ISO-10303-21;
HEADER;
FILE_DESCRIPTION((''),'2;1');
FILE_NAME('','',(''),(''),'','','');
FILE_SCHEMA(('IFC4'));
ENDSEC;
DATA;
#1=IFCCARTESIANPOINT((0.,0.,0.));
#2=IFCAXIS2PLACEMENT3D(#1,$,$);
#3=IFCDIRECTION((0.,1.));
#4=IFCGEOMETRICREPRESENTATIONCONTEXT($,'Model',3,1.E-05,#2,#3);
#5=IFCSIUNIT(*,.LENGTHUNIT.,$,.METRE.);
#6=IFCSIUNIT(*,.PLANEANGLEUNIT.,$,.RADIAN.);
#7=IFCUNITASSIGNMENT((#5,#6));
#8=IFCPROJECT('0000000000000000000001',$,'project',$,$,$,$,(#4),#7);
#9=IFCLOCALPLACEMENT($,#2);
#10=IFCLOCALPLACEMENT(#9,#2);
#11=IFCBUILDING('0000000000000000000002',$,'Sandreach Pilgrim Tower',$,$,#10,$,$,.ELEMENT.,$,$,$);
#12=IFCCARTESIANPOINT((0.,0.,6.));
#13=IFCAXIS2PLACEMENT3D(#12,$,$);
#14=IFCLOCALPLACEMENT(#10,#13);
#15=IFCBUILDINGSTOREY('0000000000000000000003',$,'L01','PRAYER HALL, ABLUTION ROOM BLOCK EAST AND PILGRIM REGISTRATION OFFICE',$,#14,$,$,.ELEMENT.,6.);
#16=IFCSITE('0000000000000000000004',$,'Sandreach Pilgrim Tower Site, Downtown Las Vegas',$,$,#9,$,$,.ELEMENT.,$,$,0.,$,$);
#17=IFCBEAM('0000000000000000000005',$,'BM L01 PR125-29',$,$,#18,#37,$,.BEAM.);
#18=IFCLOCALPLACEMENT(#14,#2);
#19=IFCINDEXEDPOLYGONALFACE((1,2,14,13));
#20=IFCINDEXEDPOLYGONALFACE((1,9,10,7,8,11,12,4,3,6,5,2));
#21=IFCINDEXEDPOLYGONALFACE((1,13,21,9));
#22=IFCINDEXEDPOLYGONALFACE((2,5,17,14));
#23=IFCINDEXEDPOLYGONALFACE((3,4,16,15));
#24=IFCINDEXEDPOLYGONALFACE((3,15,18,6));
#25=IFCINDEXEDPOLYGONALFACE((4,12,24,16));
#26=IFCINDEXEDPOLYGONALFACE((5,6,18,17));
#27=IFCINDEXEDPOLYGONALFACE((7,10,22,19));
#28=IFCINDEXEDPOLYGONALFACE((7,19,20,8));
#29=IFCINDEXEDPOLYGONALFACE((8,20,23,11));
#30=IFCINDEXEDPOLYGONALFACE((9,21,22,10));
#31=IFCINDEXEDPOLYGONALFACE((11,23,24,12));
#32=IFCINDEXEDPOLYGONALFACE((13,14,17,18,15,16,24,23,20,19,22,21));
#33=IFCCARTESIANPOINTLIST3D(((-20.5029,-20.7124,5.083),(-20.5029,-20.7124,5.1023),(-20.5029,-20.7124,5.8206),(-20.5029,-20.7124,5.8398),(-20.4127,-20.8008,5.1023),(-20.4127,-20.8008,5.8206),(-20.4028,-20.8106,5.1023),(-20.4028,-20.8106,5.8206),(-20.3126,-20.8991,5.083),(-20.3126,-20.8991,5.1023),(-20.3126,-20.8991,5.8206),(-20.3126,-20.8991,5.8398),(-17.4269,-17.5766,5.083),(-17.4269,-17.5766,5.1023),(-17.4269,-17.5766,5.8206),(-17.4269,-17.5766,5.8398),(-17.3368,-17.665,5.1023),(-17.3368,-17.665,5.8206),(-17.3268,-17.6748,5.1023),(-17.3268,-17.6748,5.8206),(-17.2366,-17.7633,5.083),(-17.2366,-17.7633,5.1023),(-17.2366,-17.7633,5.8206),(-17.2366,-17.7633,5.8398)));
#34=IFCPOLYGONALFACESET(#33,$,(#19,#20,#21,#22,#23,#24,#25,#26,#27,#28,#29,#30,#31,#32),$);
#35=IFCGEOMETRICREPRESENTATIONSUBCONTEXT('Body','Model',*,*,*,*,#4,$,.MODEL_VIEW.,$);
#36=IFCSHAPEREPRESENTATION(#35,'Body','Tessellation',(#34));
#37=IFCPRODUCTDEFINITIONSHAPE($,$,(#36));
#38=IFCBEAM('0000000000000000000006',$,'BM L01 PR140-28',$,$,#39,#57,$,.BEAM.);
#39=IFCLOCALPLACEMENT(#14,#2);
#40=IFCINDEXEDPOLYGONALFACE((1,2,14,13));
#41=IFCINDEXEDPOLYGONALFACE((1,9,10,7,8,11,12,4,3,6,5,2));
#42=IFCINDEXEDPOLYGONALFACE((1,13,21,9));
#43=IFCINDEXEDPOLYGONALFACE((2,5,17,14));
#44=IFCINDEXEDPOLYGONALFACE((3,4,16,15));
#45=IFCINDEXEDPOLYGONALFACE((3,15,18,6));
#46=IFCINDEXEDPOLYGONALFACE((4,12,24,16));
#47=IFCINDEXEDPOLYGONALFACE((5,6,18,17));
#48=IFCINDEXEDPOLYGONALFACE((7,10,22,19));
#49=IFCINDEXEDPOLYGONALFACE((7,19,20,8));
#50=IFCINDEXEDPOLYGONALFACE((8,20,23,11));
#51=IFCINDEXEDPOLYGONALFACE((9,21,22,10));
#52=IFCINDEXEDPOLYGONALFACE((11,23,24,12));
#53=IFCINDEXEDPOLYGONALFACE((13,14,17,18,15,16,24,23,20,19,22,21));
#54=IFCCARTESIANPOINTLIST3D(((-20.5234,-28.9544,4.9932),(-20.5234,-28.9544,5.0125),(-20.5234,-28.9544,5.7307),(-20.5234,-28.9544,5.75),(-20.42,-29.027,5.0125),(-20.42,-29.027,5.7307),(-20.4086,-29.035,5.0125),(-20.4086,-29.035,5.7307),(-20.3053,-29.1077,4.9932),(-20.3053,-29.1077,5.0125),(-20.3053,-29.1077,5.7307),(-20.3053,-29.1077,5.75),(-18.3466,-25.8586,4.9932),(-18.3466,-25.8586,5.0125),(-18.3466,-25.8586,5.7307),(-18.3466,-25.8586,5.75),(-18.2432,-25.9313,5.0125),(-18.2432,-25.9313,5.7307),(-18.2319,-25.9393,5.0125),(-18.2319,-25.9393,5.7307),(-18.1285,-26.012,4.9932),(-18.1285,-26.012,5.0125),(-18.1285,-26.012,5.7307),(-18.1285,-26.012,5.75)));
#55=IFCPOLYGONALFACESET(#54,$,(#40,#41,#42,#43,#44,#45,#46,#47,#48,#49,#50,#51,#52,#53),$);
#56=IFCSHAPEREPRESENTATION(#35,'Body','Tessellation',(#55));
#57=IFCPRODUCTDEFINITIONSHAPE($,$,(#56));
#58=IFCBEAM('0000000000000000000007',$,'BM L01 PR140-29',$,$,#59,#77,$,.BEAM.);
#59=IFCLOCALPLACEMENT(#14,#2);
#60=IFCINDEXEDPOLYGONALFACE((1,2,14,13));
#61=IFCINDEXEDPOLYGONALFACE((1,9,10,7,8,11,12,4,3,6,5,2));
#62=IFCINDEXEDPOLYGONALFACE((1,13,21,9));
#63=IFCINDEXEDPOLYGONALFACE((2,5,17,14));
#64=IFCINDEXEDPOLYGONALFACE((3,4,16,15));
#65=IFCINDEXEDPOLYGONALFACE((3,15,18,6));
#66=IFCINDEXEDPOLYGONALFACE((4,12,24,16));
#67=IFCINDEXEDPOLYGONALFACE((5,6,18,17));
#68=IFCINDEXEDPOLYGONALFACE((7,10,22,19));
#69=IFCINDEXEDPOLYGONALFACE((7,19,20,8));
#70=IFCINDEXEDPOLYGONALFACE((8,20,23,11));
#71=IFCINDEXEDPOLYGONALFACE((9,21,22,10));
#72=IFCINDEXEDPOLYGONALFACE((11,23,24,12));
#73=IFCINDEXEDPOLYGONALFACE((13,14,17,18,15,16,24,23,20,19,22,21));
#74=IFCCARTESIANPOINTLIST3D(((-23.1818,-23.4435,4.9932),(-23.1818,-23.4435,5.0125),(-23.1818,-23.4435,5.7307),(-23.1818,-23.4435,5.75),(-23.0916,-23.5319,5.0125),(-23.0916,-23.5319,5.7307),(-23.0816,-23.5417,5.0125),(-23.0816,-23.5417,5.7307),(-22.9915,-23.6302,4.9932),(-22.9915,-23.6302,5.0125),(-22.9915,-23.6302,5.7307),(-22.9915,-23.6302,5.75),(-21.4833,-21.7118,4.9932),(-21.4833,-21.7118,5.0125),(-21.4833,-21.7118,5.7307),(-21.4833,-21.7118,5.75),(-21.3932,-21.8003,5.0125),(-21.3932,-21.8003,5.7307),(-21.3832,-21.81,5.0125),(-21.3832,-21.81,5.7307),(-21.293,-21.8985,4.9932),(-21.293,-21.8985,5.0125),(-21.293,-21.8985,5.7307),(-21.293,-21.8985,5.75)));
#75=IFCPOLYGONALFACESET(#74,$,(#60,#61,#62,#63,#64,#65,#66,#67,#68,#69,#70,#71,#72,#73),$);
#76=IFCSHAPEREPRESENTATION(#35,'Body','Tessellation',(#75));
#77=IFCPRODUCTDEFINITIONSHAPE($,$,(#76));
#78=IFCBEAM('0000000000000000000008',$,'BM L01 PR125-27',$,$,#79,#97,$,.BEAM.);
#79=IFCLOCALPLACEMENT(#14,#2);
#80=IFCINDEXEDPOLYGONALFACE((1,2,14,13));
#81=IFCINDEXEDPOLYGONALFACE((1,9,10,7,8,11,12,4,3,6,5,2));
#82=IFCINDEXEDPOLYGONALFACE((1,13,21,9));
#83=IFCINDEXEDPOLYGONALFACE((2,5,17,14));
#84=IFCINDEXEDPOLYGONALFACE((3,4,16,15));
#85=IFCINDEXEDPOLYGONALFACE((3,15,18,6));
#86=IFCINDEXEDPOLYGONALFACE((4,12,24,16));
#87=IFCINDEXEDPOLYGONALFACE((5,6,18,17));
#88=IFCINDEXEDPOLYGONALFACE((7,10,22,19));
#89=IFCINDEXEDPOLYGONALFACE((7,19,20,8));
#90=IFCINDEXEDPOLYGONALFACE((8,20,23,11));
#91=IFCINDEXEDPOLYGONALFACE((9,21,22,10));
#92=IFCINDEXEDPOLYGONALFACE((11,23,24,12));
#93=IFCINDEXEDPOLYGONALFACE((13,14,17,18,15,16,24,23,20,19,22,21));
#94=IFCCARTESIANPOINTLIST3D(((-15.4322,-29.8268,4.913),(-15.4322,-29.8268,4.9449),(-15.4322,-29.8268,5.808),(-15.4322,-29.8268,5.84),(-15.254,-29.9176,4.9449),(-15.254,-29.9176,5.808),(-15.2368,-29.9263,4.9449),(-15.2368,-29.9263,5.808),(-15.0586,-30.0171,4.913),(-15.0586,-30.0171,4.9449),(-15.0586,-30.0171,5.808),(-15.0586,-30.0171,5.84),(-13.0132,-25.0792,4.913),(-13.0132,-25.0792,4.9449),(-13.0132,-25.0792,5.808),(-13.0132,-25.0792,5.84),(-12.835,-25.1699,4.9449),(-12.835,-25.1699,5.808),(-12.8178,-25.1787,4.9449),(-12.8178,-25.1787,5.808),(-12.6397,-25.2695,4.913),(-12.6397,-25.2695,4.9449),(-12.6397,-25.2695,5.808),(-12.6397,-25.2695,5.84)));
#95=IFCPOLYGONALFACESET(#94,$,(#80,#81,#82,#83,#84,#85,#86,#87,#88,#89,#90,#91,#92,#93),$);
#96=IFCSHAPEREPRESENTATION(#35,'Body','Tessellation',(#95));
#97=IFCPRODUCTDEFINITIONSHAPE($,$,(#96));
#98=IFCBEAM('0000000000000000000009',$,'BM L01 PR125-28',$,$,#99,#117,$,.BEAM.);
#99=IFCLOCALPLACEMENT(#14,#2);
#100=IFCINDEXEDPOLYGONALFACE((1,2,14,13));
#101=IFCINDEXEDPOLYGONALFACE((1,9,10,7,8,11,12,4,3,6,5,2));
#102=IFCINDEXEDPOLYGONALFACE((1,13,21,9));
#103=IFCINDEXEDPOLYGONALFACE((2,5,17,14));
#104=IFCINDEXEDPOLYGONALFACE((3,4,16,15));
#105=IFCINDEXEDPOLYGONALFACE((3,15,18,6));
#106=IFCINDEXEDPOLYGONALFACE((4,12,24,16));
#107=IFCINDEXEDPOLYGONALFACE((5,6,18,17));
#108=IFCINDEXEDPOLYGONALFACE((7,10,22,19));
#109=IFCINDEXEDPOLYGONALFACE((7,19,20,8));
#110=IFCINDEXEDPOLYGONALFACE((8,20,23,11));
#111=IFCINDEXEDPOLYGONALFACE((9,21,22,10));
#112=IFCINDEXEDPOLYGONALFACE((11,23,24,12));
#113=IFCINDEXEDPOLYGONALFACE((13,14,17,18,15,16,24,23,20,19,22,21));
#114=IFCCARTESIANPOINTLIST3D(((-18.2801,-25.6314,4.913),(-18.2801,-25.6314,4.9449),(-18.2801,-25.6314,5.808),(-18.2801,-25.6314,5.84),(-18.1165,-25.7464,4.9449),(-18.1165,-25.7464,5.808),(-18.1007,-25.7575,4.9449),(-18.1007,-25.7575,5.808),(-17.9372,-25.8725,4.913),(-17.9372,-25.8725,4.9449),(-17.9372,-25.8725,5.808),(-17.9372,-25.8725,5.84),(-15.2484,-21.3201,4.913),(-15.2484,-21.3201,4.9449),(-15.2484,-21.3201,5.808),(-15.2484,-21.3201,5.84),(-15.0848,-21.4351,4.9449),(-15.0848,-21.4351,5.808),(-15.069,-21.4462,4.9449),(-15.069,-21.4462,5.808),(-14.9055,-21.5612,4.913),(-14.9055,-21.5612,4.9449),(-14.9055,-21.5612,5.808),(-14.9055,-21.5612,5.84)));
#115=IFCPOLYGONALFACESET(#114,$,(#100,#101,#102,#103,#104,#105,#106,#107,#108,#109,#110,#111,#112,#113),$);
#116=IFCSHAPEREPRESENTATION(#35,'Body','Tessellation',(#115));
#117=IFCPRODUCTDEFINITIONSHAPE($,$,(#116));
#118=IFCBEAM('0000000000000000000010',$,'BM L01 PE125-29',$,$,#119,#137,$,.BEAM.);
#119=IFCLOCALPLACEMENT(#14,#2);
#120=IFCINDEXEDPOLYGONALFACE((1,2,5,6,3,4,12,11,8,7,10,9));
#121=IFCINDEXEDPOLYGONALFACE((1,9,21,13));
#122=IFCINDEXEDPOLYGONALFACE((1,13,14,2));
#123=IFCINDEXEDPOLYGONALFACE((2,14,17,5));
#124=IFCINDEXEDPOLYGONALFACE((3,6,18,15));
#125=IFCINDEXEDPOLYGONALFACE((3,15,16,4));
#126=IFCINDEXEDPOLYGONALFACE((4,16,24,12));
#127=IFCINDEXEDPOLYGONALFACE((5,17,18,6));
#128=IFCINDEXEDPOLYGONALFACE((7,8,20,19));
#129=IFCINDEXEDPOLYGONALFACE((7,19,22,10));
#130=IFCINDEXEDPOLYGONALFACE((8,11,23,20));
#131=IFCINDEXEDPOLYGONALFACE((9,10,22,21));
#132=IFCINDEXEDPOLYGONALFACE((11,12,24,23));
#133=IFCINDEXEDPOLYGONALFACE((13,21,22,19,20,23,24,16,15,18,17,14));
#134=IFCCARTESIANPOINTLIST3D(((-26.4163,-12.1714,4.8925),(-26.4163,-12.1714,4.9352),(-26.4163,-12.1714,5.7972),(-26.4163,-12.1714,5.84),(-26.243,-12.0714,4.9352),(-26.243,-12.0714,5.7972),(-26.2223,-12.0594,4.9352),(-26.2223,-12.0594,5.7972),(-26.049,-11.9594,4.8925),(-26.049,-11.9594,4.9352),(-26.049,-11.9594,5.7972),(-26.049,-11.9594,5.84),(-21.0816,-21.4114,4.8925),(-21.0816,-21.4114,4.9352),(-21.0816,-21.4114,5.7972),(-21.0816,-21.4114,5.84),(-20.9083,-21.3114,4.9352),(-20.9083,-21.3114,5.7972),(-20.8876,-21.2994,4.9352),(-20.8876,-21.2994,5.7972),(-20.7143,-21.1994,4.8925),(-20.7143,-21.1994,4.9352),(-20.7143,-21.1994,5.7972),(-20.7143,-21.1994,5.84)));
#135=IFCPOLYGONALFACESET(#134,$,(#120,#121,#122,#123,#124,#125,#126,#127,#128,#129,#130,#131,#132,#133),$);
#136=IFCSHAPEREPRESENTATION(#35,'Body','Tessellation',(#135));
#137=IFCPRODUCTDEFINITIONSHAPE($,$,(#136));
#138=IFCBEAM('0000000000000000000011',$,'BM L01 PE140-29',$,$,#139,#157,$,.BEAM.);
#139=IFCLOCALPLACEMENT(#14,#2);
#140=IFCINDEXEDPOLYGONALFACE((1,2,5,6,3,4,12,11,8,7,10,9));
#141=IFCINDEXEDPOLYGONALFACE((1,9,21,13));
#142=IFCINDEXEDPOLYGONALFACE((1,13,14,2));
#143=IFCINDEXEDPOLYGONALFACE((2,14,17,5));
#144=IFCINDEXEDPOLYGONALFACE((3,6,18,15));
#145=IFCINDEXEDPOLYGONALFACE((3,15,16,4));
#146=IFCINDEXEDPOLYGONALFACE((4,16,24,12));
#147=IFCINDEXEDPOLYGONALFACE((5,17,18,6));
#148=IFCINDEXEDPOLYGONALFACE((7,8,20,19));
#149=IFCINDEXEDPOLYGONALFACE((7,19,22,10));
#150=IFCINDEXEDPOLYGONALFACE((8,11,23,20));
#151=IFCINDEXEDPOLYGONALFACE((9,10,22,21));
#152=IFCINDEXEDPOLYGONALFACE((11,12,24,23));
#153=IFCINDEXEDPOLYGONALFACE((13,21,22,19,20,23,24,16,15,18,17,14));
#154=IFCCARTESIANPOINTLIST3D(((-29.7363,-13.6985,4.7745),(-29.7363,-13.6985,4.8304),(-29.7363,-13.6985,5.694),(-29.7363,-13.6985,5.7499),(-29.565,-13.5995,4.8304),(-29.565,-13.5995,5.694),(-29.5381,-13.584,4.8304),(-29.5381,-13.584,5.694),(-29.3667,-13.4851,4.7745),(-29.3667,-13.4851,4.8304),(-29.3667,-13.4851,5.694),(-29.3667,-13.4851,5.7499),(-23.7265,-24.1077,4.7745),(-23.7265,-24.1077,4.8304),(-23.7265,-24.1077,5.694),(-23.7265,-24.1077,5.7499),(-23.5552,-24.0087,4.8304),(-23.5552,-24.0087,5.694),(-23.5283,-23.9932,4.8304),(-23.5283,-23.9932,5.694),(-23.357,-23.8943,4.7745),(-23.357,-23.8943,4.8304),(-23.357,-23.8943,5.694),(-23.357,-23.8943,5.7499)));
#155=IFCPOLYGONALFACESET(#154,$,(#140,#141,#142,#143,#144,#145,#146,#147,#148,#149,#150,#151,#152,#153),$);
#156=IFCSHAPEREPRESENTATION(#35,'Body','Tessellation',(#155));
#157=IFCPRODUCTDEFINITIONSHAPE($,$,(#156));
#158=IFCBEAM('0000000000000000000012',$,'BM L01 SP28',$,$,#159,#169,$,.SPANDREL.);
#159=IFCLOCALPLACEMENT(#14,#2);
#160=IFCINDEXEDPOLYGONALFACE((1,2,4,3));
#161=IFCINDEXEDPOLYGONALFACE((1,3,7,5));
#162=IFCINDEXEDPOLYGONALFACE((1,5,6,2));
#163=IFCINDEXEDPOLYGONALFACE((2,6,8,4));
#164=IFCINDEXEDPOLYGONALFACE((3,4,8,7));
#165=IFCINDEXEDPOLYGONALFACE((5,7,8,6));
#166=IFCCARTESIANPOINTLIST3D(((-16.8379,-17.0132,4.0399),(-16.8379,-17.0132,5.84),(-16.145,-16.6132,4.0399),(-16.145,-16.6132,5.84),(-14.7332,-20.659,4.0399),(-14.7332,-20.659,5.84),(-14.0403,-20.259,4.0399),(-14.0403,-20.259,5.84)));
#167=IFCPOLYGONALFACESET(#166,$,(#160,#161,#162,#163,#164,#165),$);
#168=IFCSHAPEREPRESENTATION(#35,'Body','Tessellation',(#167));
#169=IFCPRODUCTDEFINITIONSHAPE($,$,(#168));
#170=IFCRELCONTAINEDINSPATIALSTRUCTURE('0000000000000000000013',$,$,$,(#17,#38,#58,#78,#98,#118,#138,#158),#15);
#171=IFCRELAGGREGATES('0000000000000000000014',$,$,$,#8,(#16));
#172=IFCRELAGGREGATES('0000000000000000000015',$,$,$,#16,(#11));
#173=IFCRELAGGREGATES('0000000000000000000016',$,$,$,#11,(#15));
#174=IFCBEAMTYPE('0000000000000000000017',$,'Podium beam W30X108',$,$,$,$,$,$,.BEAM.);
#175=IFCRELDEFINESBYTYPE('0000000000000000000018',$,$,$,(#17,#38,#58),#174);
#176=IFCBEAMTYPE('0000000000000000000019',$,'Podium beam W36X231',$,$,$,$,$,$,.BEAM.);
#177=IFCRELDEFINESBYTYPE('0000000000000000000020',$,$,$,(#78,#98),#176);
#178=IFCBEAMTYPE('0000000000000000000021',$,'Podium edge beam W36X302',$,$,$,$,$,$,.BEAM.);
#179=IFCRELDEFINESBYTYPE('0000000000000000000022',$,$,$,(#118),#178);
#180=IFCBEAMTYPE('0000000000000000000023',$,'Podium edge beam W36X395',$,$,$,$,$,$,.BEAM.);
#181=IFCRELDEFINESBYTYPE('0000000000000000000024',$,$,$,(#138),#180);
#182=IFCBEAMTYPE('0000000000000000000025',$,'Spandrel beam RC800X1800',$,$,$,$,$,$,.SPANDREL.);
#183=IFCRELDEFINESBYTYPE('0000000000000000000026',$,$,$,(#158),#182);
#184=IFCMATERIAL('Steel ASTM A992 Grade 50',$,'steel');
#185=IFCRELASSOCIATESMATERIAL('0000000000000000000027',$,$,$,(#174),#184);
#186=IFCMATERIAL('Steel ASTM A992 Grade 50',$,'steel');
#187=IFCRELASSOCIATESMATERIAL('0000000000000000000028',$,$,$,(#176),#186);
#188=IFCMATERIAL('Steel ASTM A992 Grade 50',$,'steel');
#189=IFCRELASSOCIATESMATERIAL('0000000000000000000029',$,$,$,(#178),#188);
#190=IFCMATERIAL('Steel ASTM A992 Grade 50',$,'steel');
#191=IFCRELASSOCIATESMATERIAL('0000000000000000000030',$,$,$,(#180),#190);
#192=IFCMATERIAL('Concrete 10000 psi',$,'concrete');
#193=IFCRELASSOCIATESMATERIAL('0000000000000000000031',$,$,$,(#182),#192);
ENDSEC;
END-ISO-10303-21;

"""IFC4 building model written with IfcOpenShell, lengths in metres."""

from ifc_helpers import new_model, si_unit, direction, frame, origin, origin_2d, place, context, subcontext, project, spatial, rectangle, i_section, extrude, material, material_profile, profile_set, type_object, element, save


model = new_model("IFC4")

# Units and contexts
model_context = context("Model", 3, precision=1e-05, world=origin(), true_north=direction((0.0, 1.0)))
body_context = subcontext(model_context, "Body", "Model", "MODEL_VIEW")
ifc_project = project(units=[si_unit("LENGTHUNIT", "METRE"), si_unit("PLANEANGLEUNIT", "RADIAN")], contexts=[model_context])

# Site, building, storey
site_placement = place(None, origin())
site = spatial("IfcSite", under=ifc_project, at=site_placement, Name="Sandreach Pilgrim Tower Site, Downtown Las Vegas", CompositionType="ELEMENT", RefElevation=0.0)
building_placement = place(site_placement, origin())
building = spatial("IfcBuilding", under=site, at=building_placement, Name="Sandreach Pilgrim Tower", CompositionType="ELEMENT")
storey_placement = place(building_placement, frame((0.0, 0.0, 6.0)))
storey = spatial("IfcBuildingStorey", under=building, at=storey_placement, Name="L01", Description="PRAYER HALL, ABLUTION ROOM BLOCK EAST AND PILGRIM REGISTRATION OFFICE", CompositionType="ELEMENT", Elevation=6.0)

# Beams
ifc_material_1 = material(Name="Steel ASTM A992 Grade 50", Category="steel")
ifc_material_profile_1 = material_profile(ifc_material_1, i_section(OverallWidth=0.2666, OverallDepth=0.7568, WebThickness=0.0139, FlangeThickness=0.0193, at=origin_2d()), Name="W30X108")
ifc_profile_set_1 = profile_set([ifc_material_profile_1], Name="Steel ASTM A992 Grade 50")
beam_type_1 = type_object("IfcBeamType", Name="Podium beam W30X108", PredefinedType="BEAM", material=ifc_profile_set_1)
beam_1_placement = place(storey_placement, frame((-17.3318, -17.6699, 5.4614), z_axis=(-0.700265, -0.713883, 0.0), x_axis=(0.713883, -0.700265, 0.0)))
element("IfcBeam", 1, at=beam_1_placement, inside=storey, type_object=beam_type_1, Name="BM L01 PR125-29", PredefinedType="BEAM", context=body_context, shape_type="SweptSolid", body=[
    extrude(i_section(OverallWidth=0.2666, OverallDepth=0.7568, WebThickness=0.0139, FlangeThickness=0.0193, at=origin_2d()), origin(), (0.0, 0.0, 1.0), 4.3926),
])
beam_2_placement = place(storey_placement, frame((-18.2375, -25.9353, 5.3716), z_axis=(-0.575193, -0.818018, 0.0), x_axis=(0.818018, -0.575193, 0.0)))
element("IfcBeam", 2, at=beam_2_placement, inside=storey, type_object=beam_type_1, Name="BM L01 PR140-28", PredefinedType="BEAM", context=body_context, shape_type="SweptSolid", body=[
    extrude(i_section(OverallWidth=0.2666, OverallDepth=0.7568, WebThickness=0.0139, FlangeThickness=0.0193, at=origin_2d()), origin(), (0.0, 0.0, 1.0), 3.7844),
])
beam_3_placement = place(storey_placement, frame((-21.3882, -21.8052, 5.3716), z_axis=(-0.700229, -0.713918, 0.0), x_axis=(0.713918, -0.700229, 0.0)))
element("IfcBeam", 3, at=beam_3_placement, inside=storey, type_object=beam_type_1, Name="BM L01 PR140-29", PredefinedType="BEAM", context=body_context, shape_type="SweptSolid", body=[
    extrude(i_section(OverallWidth=0.2666, OverallDepth=0.7568, WebThickness=0.0139, FlangeThickness=0.0193, at=origin_2d()), origin(), (0.0, 0.0, 1.0), 2.4255),
])
ifc_material_2 = material(Name="Steel ASTM A992 Grade 50", Category="steel")
ifc_material_profile_2 = material_profile(ifc_material_2, i_section(OverallWidth=0.4192, OverallDepth=0.927, WebThickness=0.0193, FlangeThickness=0.032, at=origin_2d()), Name="W36X231")
ifc_profile_set_2 = profile_set([ifc_material_profile_2], Name="Steel ASTM A992 Grade 50")
beam_type_2 = type_object("IfcBeamType", Name="Podium beam W36X231", PredefinedType="BEAM", material=ifc_profile_set_2)
beam_4_placement = place(storey_placement, frame((-12.8264, -25.1743, 5.3765), z_axis=(-0.453982, -0.891011, 0.0), x_axis=(0.891011, -0.453982, 0.0)))
element("IfcBeam", 4, at=beam_4_placement, inside=storey, type_object=beam_type_2, Name="BM L01 PR125-27", PredefinedType="BEAM", context=body_context, shape_type="SweptSolid", body=[
    extrude(i_section(OverallWidth=0.4192, OverallDepth=0.927, WebThickness=0.0193, FlangeThickness=0.032, at=origin_2d()), origin(), (0.0, 0.0, 1.0), 5.3284),
])
beam_5_placement = place(storey_placement, frame((-15.0769, -21.4407, 5.3765), z_axis=(-0.575224, -0.817996, 0.0), x_axis=(0.817996, -0.575224, 0.0)))
element("IfcBeam", 5, at=beam_5_placement, inside=storey, type_object=beam_type_2, Name="BM L01 PR125-28", PredefinedType="BEAM", context=body_context, shape_type="SweptSolid", body=[
    extrude(i_section(OverallWidth=0.4192, OverallDepth=0.927, WebThickness=0.0193, FlangeThickness=0.032, at=origin_2d()), origin(), (0.0, 0.0, 1.0), 5.2705),
])
ifc_material_3 = material(Name="Steel ASTM A992 Grade 50", Category="steel")
ifc_material_profile_3 = material_profile(ifc_material_3, i_section(OverallWidth=0.4241, OverallDepth=0.9475, WebThickness=0.0239, FlangeThickness=0.0427, at=origin_2d()), Name="W36X302")
ifc_profile_set_3 = profile_set([ifc_material_profile_3], Name="Steel ASTM A992 Grade 50")
beam_type_3 = type_object("IfcBeamType", Name="Podium edge beam W36X302", PredefinedType="BEAM", material=ifc_profile_set_3)
beam_6_placement = place(storey_placement, frame((-20.8979, -21.3054, 5.3662), z_axis=(-0.5, 0.866025, 0.0), x_axis=(-0.866025, -0.5, 0.0)))
element("IfcBeam", 6, at=beam_6_placement, inside=storey, type_object=beam_type_3, Name="BM L01 PE125-29", PredefinedType="BEAM", context=body_context, shape_type="SweptSolid", body=[
    extrude(i_section(OverallWidth=0.4241, OverallDepth=0.9475, WebThickness=0.0239, FlangeThickness=0.0427, at=origin_2d()), origin(), (0.0, 0.0, 1.0), 10.6694),
])
ifc_material_4 = material(Name="Steel ASTM A992 Grade 50", Category="steel")
ifc_material_profile_4 = material_profile(ifc_material_4, i_section(OverallWidth=0.4268, OverallDepth=0.9753, WebThickness=0.031, FlangeThickness=0.0559, at=origin_2d()), Name="W36X395")
ifc_profile_set_4 = profile_set([ifc_material_profile_4], Name="Steel ASTM A992 Grade 50")
beam_type_4 = type_object("IfcBeamType", Name="Podium edge beam W36X395", PredefinedType="BEAM", material=ifc_profile_set_4)
beam_7_placement = place(storey_placement, frame((-23.5417, -24.001, 5.2622), z_axis=(-0.500001, 0.866025, 0.0), x_axis=(-0.866025, -0.500001, 0.0)))
element("IfcBeam", 7, at=beam_7_placement, inside=storey, type_object=beam_type_4, Name="BM L01 PE140-29", PredefinedType="BEAM", context=body_context, shape_type="SweptSolid", body=[
    extrude(i_section(OverallWidth=0.4268, OverallDepth=0.9753, WebThickness=0.031, FlangeThickness=0.0559, at=origin_2d()), origin(), (0.0, 0.0, 1.0), 12.0195),
])
ifc_material_5 = material(Name="Concrete 10000 psi", Category="concrete")
ifc_material_profile_5 = material_profile(ifc_material_5, rectangle(XDim=0.8, YDim=1.8, at=origin_2d()), Name="RC800X1800")
ifc_profile_set_5 = profile_set([ifc_material_profile_5], Name="Concrete 10000 psi")
beam_type_5 = type_object("IfcBeamType", Name="Spandrel beam RC800X1800", PredefinedType="SPANDREL", material=ifc_profile_set_5)
beam_8_placement = place(storey_placement, frame((-14.3867, -20.459, 4.9399), z_axis=(-0.499975, 0.86604, 0.0), x_axis=(-0.86604, -0.499975, 0.0)))
element("IfcBeam", 8, at=beam_8_placement, inside=storey, type_object=beam_type_5, Name="BM L01 SP28", PredefinedType="SPANDREL", context=body_context, shape_type="SweptSolid", body=[
    extrude(rectangle(XDim=0.8, YDim=1.8, at=origin_2d()), origin(), (0.0, 0.0, 1.0), 4.2097),
])

save(model, "model.ifc")
